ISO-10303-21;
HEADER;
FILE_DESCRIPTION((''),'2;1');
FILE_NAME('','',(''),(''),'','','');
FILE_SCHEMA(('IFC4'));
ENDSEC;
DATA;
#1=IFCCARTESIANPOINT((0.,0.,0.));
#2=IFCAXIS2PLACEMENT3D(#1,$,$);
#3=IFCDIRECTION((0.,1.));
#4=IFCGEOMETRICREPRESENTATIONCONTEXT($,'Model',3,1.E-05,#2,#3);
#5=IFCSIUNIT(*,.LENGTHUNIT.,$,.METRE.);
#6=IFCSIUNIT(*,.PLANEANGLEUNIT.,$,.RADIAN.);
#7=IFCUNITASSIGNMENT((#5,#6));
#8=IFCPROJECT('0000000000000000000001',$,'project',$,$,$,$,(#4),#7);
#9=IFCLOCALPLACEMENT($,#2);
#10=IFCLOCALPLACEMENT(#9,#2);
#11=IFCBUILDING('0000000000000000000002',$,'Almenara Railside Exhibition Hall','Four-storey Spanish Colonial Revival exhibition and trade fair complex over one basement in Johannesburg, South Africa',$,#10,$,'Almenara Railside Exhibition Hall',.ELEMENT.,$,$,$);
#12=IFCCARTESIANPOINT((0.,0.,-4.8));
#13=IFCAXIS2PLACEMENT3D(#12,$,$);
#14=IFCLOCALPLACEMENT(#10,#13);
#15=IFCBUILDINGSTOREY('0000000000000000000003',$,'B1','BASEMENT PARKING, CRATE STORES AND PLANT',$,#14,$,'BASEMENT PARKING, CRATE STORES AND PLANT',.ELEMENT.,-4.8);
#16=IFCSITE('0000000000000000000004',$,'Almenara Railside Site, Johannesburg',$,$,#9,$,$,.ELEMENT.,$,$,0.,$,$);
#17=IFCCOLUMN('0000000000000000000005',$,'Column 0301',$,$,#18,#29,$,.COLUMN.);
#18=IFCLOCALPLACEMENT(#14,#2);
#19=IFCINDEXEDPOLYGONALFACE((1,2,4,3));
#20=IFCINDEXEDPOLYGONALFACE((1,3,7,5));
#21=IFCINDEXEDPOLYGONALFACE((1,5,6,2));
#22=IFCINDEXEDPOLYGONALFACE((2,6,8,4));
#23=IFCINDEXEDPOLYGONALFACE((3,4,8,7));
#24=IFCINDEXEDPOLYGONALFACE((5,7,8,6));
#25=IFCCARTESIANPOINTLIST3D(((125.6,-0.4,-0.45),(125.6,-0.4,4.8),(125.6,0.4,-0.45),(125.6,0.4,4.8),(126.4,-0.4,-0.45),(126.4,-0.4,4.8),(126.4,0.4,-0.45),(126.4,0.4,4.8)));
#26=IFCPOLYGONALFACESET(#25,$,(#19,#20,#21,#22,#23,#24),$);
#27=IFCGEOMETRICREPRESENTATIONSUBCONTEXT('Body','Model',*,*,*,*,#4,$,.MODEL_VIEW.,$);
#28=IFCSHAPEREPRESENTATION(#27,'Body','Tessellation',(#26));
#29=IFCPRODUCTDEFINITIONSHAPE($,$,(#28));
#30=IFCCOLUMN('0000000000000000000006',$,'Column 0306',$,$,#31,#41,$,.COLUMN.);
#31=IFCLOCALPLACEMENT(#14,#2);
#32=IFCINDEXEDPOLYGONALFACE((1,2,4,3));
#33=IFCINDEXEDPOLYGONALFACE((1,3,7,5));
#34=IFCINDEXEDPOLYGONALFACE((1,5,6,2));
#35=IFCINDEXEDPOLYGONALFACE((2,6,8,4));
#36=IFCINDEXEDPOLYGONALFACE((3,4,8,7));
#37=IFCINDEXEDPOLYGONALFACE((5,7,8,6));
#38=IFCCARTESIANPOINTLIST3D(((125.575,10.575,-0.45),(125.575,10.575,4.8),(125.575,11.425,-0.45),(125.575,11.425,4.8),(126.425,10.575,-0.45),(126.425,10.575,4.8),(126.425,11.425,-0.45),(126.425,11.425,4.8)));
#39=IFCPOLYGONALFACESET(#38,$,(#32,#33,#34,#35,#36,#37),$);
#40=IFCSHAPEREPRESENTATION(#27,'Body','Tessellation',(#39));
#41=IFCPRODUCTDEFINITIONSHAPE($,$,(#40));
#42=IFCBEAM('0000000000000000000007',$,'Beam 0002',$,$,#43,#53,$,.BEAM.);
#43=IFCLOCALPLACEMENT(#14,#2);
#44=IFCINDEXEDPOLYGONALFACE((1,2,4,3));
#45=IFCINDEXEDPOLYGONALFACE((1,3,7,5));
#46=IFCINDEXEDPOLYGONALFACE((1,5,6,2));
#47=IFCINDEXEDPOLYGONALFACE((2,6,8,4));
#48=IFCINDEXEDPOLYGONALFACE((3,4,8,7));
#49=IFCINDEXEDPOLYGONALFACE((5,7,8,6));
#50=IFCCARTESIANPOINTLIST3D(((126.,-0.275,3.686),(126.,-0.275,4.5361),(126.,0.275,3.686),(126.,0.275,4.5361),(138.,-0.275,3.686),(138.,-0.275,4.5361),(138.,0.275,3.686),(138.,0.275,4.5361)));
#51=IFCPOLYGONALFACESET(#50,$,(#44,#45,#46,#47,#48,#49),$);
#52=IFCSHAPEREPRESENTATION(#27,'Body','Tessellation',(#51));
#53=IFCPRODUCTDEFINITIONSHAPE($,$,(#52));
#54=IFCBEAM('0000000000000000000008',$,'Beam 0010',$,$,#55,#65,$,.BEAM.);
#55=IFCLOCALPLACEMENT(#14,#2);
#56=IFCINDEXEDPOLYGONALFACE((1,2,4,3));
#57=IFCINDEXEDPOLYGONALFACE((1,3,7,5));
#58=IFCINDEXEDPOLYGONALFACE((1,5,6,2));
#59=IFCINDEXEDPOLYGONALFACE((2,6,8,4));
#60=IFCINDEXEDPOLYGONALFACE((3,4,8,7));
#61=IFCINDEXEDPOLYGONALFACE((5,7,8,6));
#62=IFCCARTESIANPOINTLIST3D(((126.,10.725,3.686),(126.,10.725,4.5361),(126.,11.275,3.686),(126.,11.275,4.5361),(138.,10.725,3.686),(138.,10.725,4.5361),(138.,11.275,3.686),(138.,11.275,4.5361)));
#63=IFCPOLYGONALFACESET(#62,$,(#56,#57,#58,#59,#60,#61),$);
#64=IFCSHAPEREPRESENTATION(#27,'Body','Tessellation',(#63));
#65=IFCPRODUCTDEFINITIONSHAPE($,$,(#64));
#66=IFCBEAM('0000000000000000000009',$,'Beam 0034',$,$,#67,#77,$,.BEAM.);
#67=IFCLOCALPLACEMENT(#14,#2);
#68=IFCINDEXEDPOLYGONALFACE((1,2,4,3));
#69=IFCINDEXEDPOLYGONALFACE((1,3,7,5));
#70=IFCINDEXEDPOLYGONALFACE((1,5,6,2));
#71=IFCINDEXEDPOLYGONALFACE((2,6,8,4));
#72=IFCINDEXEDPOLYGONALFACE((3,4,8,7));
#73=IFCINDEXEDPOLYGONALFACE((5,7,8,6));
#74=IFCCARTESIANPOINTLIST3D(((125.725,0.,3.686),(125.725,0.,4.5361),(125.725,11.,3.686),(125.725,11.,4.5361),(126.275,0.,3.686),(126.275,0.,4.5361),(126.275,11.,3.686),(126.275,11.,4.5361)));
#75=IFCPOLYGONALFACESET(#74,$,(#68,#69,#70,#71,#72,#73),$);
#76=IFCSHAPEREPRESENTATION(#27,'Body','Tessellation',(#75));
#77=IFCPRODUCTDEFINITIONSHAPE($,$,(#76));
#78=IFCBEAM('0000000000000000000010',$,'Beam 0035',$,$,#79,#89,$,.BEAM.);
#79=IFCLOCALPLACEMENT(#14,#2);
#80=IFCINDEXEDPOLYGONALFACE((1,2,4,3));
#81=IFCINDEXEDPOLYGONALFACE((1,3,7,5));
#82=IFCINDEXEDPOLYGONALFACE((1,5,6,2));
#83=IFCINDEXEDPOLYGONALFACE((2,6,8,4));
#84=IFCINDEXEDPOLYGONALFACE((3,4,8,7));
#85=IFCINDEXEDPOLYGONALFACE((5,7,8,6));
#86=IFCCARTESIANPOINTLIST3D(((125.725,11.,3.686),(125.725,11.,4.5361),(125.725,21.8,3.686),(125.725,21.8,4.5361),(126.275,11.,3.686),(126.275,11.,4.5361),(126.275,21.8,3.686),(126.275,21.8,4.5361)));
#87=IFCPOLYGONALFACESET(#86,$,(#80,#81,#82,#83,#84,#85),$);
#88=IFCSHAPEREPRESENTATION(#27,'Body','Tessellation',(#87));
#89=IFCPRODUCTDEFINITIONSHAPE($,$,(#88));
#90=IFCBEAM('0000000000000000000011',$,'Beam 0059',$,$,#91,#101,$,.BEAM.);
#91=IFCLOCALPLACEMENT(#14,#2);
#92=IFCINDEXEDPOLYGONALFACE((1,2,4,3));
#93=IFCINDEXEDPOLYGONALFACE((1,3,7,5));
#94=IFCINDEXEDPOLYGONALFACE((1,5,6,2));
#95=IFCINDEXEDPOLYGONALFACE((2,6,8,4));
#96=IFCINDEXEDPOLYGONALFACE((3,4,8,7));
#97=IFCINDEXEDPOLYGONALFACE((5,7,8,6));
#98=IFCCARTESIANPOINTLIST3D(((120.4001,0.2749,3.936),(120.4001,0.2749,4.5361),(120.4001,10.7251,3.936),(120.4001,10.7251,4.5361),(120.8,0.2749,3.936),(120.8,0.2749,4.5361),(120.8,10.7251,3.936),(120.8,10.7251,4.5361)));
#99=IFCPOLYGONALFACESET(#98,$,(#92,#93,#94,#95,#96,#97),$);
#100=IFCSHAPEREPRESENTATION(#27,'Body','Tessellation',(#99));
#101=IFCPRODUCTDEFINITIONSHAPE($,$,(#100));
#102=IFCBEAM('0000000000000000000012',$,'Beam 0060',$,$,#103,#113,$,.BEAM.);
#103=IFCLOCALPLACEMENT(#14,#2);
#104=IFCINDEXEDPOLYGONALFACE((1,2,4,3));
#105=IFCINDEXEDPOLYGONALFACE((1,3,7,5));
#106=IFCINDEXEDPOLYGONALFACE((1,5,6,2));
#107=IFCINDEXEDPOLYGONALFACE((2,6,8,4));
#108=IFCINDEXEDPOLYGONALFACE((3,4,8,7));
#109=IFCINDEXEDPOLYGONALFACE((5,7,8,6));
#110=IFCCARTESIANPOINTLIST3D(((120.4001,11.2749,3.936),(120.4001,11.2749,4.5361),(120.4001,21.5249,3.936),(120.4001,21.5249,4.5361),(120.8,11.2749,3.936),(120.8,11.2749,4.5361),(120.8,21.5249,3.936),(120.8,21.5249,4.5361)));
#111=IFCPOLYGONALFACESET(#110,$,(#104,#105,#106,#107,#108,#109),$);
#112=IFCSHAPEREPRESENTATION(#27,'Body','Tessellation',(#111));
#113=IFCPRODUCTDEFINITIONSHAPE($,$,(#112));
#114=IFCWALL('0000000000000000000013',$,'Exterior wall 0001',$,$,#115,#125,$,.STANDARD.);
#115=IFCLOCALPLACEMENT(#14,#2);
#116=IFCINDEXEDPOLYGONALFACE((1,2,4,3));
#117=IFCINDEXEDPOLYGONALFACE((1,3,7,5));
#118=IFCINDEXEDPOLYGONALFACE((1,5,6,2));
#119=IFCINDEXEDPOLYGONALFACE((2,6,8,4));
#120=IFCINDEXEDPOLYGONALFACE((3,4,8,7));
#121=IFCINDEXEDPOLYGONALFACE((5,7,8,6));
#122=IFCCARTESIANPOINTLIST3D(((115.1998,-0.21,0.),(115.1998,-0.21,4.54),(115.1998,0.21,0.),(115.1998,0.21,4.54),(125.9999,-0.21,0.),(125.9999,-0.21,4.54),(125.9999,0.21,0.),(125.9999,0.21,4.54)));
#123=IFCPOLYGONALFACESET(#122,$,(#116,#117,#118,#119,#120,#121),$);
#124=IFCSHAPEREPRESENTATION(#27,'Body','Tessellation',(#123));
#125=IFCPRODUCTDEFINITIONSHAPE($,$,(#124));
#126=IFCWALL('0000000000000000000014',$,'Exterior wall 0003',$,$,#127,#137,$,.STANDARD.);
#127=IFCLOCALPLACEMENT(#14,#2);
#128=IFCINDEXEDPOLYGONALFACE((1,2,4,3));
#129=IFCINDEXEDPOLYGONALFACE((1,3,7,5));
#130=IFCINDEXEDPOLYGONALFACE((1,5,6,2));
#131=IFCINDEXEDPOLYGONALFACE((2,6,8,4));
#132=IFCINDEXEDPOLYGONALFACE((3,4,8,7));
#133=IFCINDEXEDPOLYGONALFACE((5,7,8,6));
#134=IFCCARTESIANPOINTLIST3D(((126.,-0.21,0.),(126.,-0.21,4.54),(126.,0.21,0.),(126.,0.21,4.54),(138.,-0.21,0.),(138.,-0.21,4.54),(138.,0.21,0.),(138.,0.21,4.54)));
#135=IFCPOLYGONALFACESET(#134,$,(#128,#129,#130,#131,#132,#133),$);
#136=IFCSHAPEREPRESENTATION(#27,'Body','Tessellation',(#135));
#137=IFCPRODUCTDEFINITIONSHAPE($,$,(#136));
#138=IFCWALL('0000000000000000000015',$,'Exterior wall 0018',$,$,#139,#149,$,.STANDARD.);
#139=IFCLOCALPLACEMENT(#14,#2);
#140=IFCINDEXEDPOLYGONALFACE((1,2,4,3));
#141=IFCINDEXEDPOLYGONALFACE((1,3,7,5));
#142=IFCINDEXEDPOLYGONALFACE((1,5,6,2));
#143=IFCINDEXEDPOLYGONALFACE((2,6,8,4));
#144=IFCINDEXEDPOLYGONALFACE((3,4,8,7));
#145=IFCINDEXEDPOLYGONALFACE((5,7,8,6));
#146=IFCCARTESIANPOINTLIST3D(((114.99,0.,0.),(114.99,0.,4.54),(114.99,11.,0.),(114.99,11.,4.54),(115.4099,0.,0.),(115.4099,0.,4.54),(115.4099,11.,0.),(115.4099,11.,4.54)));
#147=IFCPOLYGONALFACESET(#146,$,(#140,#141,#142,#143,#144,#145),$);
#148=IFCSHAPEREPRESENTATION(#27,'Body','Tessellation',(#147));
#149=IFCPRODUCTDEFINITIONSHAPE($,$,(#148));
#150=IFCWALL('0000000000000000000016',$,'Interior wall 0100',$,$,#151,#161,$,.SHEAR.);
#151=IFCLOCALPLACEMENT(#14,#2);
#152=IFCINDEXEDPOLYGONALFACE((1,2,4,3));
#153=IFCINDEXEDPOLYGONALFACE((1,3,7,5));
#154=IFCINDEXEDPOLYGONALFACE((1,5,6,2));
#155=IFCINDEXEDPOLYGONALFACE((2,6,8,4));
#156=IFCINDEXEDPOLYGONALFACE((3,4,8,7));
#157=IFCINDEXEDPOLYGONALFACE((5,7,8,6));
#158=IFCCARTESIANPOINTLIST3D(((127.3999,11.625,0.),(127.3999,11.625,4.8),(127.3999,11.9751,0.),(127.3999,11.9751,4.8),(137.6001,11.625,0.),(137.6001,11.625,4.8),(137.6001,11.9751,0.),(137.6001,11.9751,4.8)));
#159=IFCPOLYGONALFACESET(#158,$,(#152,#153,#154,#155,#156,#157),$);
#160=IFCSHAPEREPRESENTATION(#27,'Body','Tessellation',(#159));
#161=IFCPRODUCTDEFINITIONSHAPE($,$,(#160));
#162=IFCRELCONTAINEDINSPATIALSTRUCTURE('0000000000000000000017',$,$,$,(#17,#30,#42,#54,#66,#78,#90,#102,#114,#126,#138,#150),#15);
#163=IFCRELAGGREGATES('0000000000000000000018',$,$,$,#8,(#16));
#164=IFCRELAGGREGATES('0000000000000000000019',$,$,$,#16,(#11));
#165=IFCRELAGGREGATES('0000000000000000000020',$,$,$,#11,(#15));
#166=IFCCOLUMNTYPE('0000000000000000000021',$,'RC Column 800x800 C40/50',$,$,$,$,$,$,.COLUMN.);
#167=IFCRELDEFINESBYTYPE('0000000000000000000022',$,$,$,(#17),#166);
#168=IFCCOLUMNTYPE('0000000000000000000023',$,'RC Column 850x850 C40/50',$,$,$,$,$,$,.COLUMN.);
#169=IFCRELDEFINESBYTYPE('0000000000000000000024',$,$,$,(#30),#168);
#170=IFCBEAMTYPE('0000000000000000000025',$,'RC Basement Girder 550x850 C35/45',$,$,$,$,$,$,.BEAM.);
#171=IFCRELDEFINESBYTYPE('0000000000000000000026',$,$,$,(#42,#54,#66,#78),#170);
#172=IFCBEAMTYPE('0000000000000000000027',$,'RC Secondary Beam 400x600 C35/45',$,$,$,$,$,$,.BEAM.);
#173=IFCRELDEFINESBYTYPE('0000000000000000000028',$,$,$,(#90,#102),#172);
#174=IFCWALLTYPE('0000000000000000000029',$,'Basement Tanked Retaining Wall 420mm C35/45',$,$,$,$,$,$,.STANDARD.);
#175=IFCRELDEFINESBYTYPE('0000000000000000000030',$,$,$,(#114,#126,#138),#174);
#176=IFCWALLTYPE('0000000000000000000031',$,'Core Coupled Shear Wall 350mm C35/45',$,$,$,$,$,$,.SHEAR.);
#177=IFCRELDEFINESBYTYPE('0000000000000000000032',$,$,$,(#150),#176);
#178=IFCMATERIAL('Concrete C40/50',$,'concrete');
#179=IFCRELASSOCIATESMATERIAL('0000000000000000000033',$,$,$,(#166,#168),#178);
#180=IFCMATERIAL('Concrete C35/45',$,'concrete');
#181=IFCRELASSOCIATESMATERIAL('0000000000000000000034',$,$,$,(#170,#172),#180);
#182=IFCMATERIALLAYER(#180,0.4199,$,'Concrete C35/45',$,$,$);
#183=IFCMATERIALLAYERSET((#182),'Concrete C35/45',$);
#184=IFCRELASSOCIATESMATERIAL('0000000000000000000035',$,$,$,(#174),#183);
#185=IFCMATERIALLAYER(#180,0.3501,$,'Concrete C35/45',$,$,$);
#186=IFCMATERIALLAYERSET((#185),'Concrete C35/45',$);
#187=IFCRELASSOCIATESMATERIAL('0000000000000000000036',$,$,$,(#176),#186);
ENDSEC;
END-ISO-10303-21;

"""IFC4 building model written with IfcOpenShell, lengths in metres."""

from ifc_helpers import new_model, si_unit, direction, frame, frame_2d, origin, origin_2d, place, context, subcontext, project, spatial, rectangle, extrude, material, layer, layer_set, material_profile, profile_set, type_object, element, save


model = new_model("IFC4")

# Units and contexts
model_context = context("Model", 3, precision=1e-05, world=origin(), true_north=direction((0.0, 1.0)))
body_context = subcontext(model_context, "Body", "Model", "MODEL_VIEW")
ifc_project = project(units=[si_unit("LENGTHUNIT", "METRE"), si_unit("PLANEANGLEUNIT", "RADIAN")], contexts=[model_context])

# Site, building, storey
site_placement = place(None, origin())
site = spatial("IfcSite", under=ifc_project, at=site_placement, Name="Almenara Railside Site, Johannesburg", CompositionType="ELEMENT", RefElevation=0.0)
building_placement = place(site_placement, origin())
building = spatial("IfcBuilding", under=site, at=building_placement, Name="Almenara Railside Exhibition Hall", Description="Four-storey Spanish Colonial Revival exhibition and trade fair complex over one basement in Johannesburg, South Africa", LongName="Almenara Railside Exhibition Hall", CompositionType="ELEMENT")
storey_placement = place(building_placement, frame((0.0, 0.0, -4.8)))
storey = spatial("IfcBuildingStorey", under=building, at=storey_placement, Name="B1", Description="BASEMENT PARKING, CRATE STORES AND PLANT", LongName="BASEMENT PARKING, CRATE STORES AND PLANT", CompositionType="ELEMENT", Elevation=-4.8)

# Shared definitions
ifc_material_1 = material(Name="Concrete C40/50", Category="concrete")

# Shared definitions
ifc_material_2 = material(Name="Concrete C35/45", Category="concrete")

# Columns
ifc_material_profile_1 = material_profile(ifc_material_1, rectangle(XDim=0.8, YDim=0.8, at=origin_2d()), Name="RC 800x800")
ifc_profile_set_1 = profile_set([ifc_material_profile_1], Name="Concrete C40/50")
column_type_1 = type_object("IfcColumnType", Name="RC Column 800x800 C40/50", PredefinedType="COLUMN", material=ifc_profile_set_1)
column_1_placement = place(storey_placement, frame((126.0, 0.0, -0.45), z_axis=(0.0, 0.0, 1.0), x_axis=(1.0, 0.0, 0.0)))
element("IfcColumn", 1, at=column_1_placement, inside=storey, type_object=column_type_1, Name="Column 0301", PredefinedType="COLUMN", context=body_context, shape_type="SweptSolid", body=[
    extrude(rectangle(XDim=0.8, YDim=0.8, at=origin_2d()), origin(), (0.0, 0.0, 1.0), 5.25),
])
ifc_material_profile_2 = material_profile(ifc_material_1, rectangle(XDim=0.8501, YDim=0.8501, at=origin_2d()), Name="RC 850x850")
ifc_profile_set_2 = profile_set([ifc_material_profile_2], Name="Concrete C40/50")
column_type_2 = type_object("IfcColumnType", Name="RC Column 850x850 C40/50", PredefinedType="COLUMN", material=ifc_profile_set_2)
column_2_placement = place(storey_placement, frame((126.0, 11.0, -0.45), z_axis=(0.0, 0.0, 1.0), x_axis=(1.0, 0.0, 0.0)))
element("IfcColumn", 2, at=column_2_placement, inside=storey, type_object=column_type_2, Name="Column 0306", PredefinedType="COLUMN", context=body_context, shape_type="SweptSolid", body=[
    extrude(rectangle(XDim=0.8501, YDim=0.8501, at=origin_2d()), origin(), (0.0, 0.0, 1.0), 5.25),
])

# Beams
ifc_material_profile_3 = material_profile(ifc_material_2, rectangle(XDim=0.55, YDim=0.8501, at=origin_2d()), Name="RC 550x850")
ifc_profile_set_3 = profile_set([ifc_material_profile_3], Name="Concrete C35/45")
beam_type_1 = type_object("IfcBeamType", Name="RC Basement Girder 550x850 C35/45", PredefinedType="BEAM", material=ifc_profile_set_3)
for number, where, z_axis, x_axis, name in (
    (3, (126.0, 0.0, 4.1111), (1.0, 0.0, 0.0), (0.0, 1.0, 0.0), "Beam 0002"),
    (4, (126.0, 11.0, 4.1111), (1.0, 0.0, 0.0), (0.0, 1.0, 0.0), "Beam 0010"),
):
    element("IfcBeam", number, at=place(storey_placement, frame(where, z_axis=z_axis, x_axis=x_axis)), inside=storey, type_object=beam_type_1, Name=name, PredefinedType="BEAM", context=body_context, shape_type="SweptSolid", body=[
        extrude(rectangle(XDim=0.55, YDim=0.8501, at=origin_2d()), origin(), (0.0, 0.0, 1.0), 12.0),
    ])
beam_1_placement = place(storey_placement, frame((126.0, 0.0, 4.1111), z_axis=(0.0, 1.0, 0.0), x_axis=(-1.0, 0.0, 0.0)))
element("IfcBeam", 5, at=beam_1_placement, inside=storey, type_object=beam_type_1, Name="Beam 0034", PredefinedType="BEAM", context=body_context, shape_type="SweptSolid", body=[
    extrude(rectangle(XDim=0.55, YDim=0.8501, at=origin_2d()), origin(), (0.0, 0.0, 1.0), 11.0),
])
beam_2_placement = place(storey_placement, frame((126.0, 11.0, 4.1111), z_axis=(0.0, 1.0, 0.0), x_axis=(-1.0, 0.0, 0.0)))
element("IfcBeam", 6, at=beam_2_placement, inside=storey, type_object=beam_type_1, Name="Beam 0035", PredefinedType="BEAM", context=body_context, shape_type="SweptSolid", body=[
    extrude(rectangle(XDim=0.55, YDim=0.8501, at=origin_2d()), origin(), (0.0, 0.0, 1.0), 10.8),
])
ifc_material_profile_4 = material_profile(ifc_material_2, rectangle(XDim=0.3999, YDim=0.6001, at=origin_2d()), Name="RC 400x600")
ifc_profile_set_4 = profile_set([ifc_material_profile_4], Name="Concrete C35/45")
beam_type_2 = type_object("IfcBeamType", Name="RC Secondary Beam 400x600 C35/45", PredefinedType="BEAM", material=ifc_profile_set_4)
beam_3_placement = place(storey_placement, frame((120.6001, 0.2749, 4.2361), z_axis=(0.0, 1.0, 0.0), x_axis=(-1.0, 0.0, 0.0)))
element("IfcBeam", 7, at=beam_3_placement, inside=storey, type_object=beam_type_2, Name="Beam 0059", PredefinedType="BEAM", context=body_context, shape_type="SweptSolid", body=[
    extrude(rectangle(XDim=0.3999, YDim=0.6001, at=origin_2d()), origin(), (0.0, 0.0, 1.0), 10.4502),
])
beam_4_placement = place(storey_placement, frame((120.6001, 11.2749, 4.2361), z_axis=(0.0, 1.0, 0.0), x_axis=(-1.0, 0.0, 0.0)))
element("IfcBeam", 8, at=beam_4_placement, inside=storey, type_object=beam_type_2, Name="Beam 0060", PredefinedType="BEAM", context=body_context, shape_type="SweptSolid", body=[
    extrude(rectangle(XDim=0.3999, YDim=0.6001, at=origin_2d()), origin(), (0.0, 0.0, 1.0), 10.25),
])

# Walls
ifc_layer_1 = layer(ifc_material_2, 0.4199, Name="Concrete C35/45")
ifc_layer_set_1 = layer_set([ifc_layer_1], Name="Concrete C35/45")
wall_type_1 = type_object("IfcWallType", Name="Basement Tanked Retaining Wall 420mm C35/45", PredefinedType="STANDARD", material=ifc_layer_set_1)
wall_1_placement = place(storey_placement, frame((115.2, 0.0, 0.0), z_axis=(0.0, 0.0, 1.0), x_axis=(1.0, 0.0, 0.0)))
element("IfcWall", 9, at=wall_1_placement, inside=storey, type_object=wall_type_1, Name="Exterior wall 0001", PredefinedType="STANDARD", context=body_context, shape_type="SweptSolid", body=[
    extrude(rectangle(XDim=10.8, YDim=0.4199, at=frame_2d((5.3999, 0.0))), origin(), (0.0, 0.0, 1.0), 4.54),
])
wall_2_placement = place(storey_placement, frame((126.0, 0.0, 0.0), z_axis=(0.0, 0.0, 1.0), x_axis=(1.0, 0.0, 0.0)))
element("IfcWall", 10, at=wall_2_placement, inside=storey, type_object=wall_type_1, Name="Exterior wall 0003", PredefinedType="STANDARD", context=body_context, shape_type="SweptSolid", body=[
    extrude(rectangle(XDim=12.0, YDim=0.4199, at=frame_2d((6.0, 0.0))), origin(), (0.0, 0.0, 1.0), 4.54),
])
wall_3_placement = place(storey_placement, frame((115.2, 11.0, 0.0), z_axis=(0.0, 0.0, 1.0), x_axis=(0.0, -1.0, 0.0)))
element("IfcWall", 11, at=wall_3_placement, inside=storey, type_object=wall_type_1, Name="Exterior wall 0018", PredefinedType="STANDARD", context=body_context, shape_type="SweptSolid", body=[
    extrude(rectangle(XDim=11.0, YDim=0.4199, at=frame_2d((5.5, 0.0))), origin(), (0.0, 0.0, 1.0), 4.54),
])
ifc_layer_2 = layer(ifc_material_2, 0.3501, Name="Concrete C35/45")
ifc_layer_set_2 = layer_set([ifc_layer_2], Name="Concrete C35/45")
wall_type_2 = type_object("IfcWallType", Name="Core Coupled Shear Wall 350mm C35/45", PredefinedType="SHEAR", material=ifc_layer_set_2)
wall_4_placement = place(storey_placement, frame((127.3999, 11.8, 0.0), z_axis=(0.0, 0.0, 1.0), x_axis=(1.0, 0.0, 0.0)))
element("IfcWall", 12, at=wall_4_placement, inside=storey, type_object=wall_type_2, Name="Interior wall 0100", PredefinedType="SHEAR", context=body_context, shape_type="SweptSolid", body=[
    extrude(rectangle(XDim=10.2002, YDim=0.3501, at=frame_2d((5.1001, 0.0))), origin(), (0.0, 0.0, 1.0), 4.8),
])

save(model, "model.ifc")
